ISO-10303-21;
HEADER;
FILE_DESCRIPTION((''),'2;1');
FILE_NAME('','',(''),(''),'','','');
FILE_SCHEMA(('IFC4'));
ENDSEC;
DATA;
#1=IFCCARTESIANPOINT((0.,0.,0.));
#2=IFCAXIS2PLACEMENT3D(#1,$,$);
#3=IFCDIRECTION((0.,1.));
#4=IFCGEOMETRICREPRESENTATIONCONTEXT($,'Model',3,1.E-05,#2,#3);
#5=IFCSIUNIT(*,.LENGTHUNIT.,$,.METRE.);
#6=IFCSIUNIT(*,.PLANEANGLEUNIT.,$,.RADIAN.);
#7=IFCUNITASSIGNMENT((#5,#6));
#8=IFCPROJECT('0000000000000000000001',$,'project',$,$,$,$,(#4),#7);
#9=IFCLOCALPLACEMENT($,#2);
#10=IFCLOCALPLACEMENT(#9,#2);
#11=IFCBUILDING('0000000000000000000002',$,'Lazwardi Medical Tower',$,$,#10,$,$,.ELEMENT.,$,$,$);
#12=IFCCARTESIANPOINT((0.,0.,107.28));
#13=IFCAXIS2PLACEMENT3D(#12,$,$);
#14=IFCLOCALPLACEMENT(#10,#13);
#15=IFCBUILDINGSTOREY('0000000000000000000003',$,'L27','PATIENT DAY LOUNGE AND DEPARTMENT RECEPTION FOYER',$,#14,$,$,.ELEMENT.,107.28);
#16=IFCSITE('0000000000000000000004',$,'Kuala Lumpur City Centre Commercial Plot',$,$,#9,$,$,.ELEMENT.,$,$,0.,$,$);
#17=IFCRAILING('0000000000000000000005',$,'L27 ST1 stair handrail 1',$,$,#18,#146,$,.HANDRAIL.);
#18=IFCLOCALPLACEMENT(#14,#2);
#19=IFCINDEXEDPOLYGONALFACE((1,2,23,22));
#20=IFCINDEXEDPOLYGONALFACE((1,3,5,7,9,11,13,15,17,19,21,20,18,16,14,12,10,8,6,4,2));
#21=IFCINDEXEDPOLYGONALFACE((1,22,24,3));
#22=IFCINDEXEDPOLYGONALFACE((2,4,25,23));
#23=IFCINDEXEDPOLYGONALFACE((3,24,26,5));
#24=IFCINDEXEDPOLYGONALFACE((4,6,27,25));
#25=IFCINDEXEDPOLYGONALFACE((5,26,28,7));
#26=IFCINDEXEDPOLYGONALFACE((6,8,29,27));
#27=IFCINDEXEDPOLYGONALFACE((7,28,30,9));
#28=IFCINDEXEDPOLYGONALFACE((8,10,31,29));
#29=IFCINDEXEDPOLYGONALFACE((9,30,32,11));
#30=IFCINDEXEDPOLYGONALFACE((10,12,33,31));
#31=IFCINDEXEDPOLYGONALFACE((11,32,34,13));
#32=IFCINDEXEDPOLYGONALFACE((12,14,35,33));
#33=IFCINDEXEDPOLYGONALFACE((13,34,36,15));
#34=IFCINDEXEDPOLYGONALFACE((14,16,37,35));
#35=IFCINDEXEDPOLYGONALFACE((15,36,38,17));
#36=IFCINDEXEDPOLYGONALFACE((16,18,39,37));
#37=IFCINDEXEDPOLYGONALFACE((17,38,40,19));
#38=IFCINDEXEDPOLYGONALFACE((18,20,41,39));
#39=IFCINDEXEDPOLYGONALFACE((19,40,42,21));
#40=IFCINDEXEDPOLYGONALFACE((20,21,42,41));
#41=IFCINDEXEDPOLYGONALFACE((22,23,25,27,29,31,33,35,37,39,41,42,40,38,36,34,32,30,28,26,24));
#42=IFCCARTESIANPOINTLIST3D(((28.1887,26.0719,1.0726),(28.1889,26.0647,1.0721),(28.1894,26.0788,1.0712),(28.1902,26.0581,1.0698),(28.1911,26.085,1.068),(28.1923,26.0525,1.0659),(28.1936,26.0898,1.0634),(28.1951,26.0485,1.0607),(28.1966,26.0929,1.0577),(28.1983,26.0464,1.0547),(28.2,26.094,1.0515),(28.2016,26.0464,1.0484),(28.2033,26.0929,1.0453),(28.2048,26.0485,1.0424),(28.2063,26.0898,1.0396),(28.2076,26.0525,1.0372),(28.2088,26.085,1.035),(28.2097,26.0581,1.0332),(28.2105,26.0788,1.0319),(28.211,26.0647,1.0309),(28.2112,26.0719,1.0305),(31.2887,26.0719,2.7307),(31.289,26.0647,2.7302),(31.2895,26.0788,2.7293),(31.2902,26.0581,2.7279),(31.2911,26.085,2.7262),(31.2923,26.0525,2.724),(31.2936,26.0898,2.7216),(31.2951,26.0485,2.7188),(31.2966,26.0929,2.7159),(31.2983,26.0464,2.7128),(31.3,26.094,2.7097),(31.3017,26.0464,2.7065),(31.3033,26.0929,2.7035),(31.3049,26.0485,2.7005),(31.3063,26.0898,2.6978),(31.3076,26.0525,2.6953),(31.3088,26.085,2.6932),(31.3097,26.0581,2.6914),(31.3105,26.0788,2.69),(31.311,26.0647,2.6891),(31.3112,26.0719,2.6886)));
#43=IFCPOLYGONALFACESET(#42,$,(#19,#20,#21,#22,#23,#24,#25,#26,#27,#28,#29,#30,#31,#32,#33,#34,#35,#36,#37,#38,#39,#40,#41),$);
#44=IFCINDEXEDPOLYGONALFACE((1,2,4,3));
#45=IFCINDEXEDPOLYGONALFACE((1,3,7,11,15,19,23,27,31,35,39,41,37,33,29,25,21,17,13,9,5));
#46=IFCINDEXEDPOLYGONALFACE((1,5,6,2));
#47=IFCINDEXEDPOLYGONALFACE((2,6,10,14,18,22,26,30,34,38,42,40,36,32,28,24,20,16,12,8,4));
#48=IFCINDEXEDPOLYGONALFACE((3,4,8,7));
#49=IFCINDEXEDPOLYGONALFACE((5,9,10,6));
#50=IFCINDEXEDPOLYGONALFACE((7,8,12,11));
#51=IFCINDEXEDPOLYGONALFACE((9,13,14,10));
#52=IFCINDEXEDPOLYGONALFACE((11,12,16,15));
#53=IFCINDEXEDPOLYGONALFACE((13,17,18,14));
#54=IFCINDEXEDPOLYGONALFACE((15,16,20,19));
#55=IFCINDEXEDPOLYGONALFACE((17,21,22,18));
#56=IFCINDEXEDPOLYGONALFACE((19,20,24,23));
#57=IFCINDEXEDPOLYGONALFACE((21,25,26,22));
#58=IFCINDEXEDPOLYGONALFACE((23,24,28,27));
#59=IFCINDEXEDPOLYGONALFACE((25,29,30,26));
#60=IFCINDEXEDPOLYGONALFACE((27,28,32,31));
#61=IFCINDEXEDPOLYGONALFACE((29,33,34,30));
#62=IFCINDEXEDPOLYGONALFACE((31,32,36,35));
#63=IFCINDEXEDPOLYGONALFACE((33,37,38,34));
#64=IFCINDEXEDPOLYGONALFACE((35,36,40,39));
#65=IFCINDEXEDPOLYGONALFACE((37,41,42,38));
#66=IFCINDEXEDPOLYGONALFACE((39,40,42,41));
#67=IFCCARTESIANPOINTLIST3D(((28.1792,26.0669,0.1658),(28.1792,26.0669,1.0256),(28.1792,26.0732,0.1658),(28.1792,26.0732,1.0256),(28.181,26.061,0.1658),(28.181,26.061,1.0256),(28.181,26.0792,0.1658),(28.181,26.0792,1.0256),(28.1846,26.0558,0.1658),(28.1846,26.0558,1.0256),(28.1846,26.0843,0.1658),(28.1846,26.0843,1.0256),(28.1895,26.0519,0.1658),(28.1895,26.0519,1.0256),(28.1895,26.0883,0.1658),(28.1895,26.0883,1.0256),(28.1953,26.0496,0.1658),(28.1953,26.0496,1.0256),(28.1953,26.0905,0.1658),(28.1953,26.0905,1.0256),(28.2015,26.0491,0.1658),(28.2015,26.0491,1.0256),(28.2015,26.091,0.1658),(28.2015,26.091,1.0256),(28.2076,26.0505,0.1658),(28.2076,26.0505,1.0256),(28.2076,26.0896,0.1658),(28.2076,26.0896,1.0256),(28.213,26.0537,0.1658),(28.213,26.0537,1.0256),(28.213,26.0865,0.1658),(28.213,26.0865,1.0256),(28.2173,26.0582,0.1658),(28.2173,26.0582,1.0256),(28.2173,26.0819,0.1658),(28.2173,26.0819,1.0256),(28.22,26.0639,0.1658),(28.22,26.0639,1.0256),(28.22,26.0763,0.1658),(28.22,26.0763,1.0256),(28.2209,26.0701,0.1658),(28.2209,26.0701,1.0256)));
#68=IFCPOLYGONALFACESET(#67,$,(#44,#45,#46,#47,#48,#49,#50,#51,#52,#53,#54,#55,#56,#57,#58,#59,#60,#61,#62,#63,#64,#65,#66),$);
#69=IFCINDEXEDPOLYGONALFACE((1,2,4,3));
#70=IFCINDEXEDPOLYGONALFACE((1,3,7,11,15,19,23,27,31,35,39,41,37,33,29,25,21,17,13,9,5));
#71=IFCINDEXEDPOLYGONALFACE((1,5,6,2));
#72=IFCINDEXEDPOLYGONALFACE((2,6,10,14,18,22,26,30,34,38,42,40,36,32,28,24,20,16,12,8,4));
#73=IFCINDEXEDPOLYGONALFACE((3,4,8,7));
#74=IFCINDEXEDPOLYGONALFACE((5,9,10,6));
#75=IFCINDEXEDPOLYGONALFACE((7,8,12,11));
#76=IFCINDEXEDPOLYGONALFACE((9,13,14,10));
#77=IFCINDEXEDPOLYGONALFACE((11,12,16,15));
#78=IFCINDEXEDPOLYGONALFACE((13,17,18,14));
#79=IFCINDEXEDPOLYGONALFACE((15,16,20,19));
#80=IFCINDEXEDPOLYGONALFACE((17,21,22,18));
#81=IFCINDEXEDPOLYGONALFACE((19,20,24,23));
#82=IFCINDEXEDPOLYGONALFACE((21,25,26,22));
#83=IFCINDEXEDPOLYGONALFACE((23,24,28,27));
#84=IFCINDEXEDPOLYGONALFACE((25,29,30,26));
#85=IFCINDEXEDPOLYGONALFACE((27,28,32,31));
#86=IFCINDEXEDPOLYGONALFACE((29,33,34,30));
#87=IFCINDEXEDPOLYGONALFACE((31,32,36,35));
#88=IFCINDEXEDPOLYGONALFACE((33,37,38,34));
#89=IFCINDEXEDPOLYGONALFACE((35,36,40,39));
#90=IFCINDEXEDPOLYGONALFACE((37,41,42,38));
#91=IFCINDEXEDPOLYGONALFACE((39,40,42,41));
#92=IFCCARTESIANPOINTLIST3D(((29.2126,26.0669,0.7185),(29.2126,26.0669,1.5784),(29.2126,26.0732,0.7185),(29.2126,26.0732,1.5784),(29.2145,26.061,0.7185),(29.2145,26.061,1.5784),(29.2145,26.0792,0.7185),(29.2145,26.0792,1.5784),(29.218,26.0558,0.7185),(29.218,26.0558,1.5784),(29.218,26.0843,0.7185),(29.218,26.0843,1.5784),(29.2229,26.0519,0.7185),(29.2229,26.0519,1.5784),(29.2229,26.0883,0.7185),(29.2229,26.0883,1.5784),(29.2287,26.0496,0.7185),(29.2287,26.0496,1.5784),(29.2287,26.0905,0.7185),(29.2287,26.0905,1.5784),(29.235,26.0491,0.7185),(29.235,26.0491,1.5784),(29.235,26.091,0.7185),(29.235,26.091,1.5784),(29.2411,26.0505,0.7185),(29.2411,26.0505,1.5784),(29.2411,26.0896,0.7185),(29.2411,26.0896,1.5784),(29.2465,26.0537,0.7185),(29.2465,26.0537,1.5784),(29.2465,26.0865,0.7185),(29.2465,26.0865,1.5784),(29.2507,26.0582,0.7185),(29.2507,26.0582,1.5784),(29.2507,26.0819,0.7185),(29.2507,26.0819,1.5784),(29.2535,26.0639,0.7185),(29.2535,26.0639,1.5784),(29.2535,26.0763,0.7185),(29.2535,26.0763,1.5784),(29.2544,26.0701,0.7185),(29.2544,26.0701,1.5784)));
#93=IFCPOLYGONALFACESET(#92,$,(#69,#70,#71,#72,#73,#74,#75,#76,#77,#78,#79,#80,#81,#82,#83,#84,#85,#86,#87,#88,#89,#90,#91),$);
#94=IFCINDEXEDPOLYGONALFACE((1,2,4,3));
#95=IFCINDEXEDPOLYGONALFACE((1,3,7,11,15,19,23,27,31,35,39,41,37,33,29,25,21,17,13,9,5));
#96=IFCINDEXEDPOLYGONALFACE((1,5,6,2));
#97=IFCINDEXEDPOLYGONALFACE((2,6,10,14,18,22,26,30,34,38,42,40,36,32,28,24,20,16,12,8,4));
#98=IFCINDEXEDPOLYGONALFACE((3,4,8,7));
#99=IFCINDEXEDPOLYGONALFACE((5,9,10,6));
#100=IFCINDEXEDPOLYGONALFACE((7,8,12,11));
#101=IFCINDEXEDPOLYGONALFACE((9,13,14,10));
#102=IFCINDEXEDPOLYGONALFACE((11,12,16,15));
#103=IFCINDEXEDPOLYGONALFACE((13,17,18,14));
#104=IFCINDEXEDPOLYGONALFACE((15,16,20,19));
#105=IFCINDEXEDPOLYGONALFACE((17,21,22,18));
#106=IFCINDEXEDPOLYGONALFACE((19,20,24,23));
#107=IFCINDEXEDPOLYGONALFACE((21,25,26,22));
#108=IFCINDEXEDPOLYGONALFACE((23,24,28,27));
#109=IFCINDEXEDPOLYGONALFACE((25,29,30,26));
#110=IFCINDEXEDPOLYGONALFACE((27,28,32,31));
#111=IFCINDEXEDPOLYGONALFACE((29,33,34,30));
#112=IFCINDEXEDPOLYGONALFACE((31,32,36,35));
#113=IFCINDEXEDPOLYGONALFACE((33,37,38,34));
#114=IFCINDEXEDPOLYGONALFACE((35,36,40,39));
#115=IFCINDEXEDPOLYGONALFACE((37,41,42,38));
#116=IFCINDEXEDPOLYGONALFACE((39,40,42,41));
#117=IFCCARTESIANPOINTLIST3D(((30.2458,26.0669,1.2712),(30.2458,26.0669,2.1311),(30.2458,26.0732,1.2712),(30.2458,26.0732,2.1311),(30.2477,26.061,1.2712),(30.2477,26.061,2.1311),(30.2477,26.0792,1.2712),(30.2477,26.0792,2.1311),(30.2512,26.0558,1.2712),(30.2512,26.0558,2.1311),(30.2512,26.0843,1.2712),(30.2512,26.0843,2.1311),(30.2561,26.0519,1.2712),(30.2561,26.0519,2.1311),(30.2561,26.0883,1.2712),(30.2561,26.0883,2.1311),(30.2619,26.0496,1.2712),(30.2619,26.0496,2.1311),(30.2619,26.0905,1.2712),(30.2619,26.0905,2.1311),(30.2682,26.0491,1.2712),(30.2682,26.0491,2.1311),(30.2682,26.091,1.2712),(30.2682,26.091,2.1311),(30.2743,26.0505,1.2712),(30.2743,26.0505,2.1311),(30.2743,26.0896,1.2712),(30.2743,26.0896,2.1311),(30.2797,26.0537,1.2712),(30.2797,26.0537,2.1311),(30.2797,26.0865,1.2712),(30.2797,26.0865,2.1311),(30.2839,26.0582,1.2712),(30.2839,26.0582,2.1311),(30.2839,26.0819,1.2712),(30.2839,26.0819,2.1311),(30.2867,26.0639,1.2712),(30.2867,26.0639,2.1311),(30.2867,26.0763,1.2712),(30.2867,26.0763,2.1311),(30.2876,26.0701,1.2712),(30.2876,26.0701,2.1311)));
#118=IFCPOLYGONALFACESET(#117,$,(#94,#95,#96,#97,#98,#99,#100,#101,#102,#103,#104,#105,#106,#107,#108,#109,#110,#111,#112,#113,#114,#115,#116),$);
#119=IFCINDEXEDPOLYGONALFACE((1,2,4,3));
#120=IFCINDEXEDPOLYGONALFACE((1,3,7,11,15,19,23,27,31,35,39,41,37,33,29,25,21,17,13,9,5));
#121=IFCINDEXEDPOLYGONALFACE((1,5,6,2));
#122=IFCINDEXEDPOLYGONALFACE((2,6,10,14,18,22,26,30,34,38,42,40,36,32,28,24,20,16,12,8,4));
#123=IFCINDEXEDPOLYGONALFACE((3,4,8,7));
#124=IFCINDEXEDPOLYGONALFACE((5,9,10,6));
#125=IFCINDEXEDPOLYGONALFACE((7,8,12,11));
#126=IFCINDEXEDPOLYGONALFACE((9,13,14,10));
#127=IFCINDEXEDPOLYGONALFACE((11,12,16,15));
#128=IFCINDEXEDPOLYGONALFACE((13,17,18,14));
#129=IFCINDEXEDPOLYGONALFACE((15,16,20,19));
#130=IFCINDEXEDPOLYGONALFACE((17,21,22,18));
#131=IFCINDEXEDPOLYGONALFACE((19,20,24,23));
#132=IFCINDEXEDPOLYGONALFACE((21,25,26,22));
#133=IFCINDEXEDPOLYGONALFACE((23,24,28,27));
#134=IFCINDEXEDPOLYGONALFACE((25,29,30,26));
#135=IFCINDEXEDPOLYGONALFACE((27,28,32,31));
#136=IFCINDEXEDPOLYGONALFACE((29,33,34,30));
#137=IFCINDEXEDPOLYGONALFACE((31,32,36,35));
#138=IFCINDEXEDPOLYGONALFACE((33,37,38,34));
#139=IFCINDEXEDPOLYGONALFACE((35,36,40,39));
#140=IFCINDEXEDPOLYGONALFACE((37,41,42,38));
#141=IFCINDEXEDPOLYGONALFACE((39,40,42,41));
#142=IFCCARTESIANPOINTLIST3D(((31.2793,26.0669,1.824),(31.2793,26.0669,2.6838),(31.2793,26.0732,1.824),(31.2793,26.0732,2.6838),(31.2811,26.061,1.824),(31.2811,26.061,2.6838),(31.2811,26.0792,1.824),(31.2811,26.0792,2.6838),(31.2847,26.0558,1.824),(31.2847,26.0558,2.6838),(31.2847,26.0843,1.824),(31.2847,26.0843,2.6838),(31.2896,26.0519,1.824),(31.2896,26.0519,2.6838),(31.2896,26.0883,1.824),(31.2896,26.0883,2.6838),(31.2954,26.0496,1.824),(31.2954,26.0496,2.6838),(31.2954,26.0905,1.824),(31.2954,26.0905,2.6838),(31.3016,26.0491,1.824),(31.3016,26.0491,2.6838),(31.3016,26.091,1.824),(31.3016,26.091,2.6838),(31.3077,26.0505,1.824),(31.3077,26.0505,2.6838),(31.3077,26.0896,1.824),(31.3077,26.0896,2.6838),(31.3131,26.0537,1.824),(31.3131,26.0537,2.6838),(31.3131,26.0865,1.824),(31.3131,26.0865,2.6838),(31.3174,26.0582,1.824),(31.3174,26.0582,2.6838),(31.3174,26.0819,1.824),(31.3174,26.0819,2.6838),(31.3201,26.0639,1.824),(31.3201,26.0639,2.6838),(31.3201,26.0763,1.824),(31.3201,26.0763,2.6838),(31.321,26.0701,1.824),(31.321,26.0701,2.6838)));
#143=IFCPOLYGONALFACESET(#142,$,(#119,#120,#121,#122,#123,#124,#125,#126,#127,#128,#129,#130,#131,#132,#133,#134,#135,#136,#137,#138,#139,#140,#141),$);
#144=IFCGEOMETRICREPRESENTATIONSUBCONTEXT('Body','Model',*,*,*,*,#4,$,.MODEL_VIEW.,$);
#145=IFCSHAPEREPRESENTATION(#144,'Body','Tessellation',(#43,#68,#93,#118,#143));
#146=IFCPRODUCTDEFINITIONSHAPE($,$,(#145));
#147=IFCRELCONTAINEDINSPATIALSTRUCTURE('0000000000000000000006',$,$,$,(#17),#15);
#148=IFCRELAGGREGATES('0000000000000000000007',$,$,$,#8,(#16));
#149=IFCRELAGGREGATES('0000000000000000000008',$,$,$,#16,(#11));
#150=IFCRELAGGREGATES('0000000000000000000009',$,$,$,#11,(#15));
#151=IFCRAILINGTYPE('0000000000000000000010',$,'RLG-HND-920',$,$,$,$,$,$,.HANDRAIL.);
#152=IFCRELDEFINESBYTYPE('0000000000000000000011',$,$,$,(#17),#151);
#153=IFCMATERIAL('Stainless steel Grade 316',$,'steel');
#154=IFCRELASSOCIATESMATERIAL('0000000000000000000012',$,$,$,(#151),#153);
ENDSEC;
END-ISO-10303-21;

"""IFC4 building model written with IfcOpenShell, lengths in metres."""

from ifc_helpers import new_model, si_unit, direction, frame, origin, origin_2d, place, context, subcontext, project, spatial, circle, extrude, material, type_object, element, save


model = new_model("IFC4")

# Units and contexts
model_context = context("Model", 3, precision=1e-05, world=origin(), true_north=direction((0.0, 1.0)))
body_context = subcontext(model_context, "Body", "Model", "MODEL_VIEW")
ifc_project = project(units=[si_unit("LENGTHUNIT", "METRE"), si_unit("PLANEANGLEUNIT", "RADIAN")], contexts=[model_context])

# Site, building, storey
site_placement = place(None, origin())
site = spatial("IfcSite", under=ifc_project, at=site_placement, Name="Kuala Lumpur City Centre Commercial Plot", CompositionType="ELEMENT", RefElevation=0.0)
building_placement = place(site_placement, origin())
building = spatial("IfcBuilding", under=site, at=building_placement, Name="Lazwardi Medical Tower", CompositionType="ELEMENT")
storey_placement = place(building_placement, frame((0.0, 0.0, 107.28)))
storey = spatial("IfcBuildingStorey", under=building, at=storey_placement, Name="L27", Description="PATIENT DAY LOUNGE AND DEPARTMENT RECEPTION FOYER", CompositionType="ELEMENT", Elevation=107.28)

# Railing
ifc_material_1 = material(Name="Stainless steel Grade 316", Category="steel")
railing_type_1 = type_object("IfcRailingType", Name="RLG-HND-920", PredefinedType="HANDRAIL", material=ifc_material_1)
railing_1_placement = place(storey_placement, frame((28.2, 26.0701, 0.1658)))
element("IfcRailing", 1, at=railing_1_placement, inside=storey, type_object=railing_type_1, Name="L27 ST1 stair handrail 1", PredefinedType="HANDRAIL", context=body_context, shape_type="SweptSolid", body=[
    extrude(circle(Radius=0.0239, at=origin_2d()), frame((0.0, 0.0, 0.8857), z_axis=(0.881783, 0.0, 0.471655), x_axis=(0.0, 1.0, 0.0)), (0.0, 0.0, 1.0), 3.5156),
    extrude(circle(Radius=0.021, at=origin_2d()), origin(), (0.0, 0.0, 1.0), 0.8599),
    extrude(circle(Radius=0.021, at=origin_2d()), frame((1.0334, 0.0, 0.5527)), (0.0, 0.0, 1.0), 0.8599),
    extrude(circle(Radius=0.021, at=origin_2d()), frame((2.0667, 0.0, 1.1055)), (0.0, 0.0, 1.0), 0.8599),
    extrude(circle(Radius=0.021, at=origin_2d()), frame((3.1001, 0.0, 1.6582)), (0.0, 0.0, 1.0), 0.8599),
])

save(model, "model.ifc")
